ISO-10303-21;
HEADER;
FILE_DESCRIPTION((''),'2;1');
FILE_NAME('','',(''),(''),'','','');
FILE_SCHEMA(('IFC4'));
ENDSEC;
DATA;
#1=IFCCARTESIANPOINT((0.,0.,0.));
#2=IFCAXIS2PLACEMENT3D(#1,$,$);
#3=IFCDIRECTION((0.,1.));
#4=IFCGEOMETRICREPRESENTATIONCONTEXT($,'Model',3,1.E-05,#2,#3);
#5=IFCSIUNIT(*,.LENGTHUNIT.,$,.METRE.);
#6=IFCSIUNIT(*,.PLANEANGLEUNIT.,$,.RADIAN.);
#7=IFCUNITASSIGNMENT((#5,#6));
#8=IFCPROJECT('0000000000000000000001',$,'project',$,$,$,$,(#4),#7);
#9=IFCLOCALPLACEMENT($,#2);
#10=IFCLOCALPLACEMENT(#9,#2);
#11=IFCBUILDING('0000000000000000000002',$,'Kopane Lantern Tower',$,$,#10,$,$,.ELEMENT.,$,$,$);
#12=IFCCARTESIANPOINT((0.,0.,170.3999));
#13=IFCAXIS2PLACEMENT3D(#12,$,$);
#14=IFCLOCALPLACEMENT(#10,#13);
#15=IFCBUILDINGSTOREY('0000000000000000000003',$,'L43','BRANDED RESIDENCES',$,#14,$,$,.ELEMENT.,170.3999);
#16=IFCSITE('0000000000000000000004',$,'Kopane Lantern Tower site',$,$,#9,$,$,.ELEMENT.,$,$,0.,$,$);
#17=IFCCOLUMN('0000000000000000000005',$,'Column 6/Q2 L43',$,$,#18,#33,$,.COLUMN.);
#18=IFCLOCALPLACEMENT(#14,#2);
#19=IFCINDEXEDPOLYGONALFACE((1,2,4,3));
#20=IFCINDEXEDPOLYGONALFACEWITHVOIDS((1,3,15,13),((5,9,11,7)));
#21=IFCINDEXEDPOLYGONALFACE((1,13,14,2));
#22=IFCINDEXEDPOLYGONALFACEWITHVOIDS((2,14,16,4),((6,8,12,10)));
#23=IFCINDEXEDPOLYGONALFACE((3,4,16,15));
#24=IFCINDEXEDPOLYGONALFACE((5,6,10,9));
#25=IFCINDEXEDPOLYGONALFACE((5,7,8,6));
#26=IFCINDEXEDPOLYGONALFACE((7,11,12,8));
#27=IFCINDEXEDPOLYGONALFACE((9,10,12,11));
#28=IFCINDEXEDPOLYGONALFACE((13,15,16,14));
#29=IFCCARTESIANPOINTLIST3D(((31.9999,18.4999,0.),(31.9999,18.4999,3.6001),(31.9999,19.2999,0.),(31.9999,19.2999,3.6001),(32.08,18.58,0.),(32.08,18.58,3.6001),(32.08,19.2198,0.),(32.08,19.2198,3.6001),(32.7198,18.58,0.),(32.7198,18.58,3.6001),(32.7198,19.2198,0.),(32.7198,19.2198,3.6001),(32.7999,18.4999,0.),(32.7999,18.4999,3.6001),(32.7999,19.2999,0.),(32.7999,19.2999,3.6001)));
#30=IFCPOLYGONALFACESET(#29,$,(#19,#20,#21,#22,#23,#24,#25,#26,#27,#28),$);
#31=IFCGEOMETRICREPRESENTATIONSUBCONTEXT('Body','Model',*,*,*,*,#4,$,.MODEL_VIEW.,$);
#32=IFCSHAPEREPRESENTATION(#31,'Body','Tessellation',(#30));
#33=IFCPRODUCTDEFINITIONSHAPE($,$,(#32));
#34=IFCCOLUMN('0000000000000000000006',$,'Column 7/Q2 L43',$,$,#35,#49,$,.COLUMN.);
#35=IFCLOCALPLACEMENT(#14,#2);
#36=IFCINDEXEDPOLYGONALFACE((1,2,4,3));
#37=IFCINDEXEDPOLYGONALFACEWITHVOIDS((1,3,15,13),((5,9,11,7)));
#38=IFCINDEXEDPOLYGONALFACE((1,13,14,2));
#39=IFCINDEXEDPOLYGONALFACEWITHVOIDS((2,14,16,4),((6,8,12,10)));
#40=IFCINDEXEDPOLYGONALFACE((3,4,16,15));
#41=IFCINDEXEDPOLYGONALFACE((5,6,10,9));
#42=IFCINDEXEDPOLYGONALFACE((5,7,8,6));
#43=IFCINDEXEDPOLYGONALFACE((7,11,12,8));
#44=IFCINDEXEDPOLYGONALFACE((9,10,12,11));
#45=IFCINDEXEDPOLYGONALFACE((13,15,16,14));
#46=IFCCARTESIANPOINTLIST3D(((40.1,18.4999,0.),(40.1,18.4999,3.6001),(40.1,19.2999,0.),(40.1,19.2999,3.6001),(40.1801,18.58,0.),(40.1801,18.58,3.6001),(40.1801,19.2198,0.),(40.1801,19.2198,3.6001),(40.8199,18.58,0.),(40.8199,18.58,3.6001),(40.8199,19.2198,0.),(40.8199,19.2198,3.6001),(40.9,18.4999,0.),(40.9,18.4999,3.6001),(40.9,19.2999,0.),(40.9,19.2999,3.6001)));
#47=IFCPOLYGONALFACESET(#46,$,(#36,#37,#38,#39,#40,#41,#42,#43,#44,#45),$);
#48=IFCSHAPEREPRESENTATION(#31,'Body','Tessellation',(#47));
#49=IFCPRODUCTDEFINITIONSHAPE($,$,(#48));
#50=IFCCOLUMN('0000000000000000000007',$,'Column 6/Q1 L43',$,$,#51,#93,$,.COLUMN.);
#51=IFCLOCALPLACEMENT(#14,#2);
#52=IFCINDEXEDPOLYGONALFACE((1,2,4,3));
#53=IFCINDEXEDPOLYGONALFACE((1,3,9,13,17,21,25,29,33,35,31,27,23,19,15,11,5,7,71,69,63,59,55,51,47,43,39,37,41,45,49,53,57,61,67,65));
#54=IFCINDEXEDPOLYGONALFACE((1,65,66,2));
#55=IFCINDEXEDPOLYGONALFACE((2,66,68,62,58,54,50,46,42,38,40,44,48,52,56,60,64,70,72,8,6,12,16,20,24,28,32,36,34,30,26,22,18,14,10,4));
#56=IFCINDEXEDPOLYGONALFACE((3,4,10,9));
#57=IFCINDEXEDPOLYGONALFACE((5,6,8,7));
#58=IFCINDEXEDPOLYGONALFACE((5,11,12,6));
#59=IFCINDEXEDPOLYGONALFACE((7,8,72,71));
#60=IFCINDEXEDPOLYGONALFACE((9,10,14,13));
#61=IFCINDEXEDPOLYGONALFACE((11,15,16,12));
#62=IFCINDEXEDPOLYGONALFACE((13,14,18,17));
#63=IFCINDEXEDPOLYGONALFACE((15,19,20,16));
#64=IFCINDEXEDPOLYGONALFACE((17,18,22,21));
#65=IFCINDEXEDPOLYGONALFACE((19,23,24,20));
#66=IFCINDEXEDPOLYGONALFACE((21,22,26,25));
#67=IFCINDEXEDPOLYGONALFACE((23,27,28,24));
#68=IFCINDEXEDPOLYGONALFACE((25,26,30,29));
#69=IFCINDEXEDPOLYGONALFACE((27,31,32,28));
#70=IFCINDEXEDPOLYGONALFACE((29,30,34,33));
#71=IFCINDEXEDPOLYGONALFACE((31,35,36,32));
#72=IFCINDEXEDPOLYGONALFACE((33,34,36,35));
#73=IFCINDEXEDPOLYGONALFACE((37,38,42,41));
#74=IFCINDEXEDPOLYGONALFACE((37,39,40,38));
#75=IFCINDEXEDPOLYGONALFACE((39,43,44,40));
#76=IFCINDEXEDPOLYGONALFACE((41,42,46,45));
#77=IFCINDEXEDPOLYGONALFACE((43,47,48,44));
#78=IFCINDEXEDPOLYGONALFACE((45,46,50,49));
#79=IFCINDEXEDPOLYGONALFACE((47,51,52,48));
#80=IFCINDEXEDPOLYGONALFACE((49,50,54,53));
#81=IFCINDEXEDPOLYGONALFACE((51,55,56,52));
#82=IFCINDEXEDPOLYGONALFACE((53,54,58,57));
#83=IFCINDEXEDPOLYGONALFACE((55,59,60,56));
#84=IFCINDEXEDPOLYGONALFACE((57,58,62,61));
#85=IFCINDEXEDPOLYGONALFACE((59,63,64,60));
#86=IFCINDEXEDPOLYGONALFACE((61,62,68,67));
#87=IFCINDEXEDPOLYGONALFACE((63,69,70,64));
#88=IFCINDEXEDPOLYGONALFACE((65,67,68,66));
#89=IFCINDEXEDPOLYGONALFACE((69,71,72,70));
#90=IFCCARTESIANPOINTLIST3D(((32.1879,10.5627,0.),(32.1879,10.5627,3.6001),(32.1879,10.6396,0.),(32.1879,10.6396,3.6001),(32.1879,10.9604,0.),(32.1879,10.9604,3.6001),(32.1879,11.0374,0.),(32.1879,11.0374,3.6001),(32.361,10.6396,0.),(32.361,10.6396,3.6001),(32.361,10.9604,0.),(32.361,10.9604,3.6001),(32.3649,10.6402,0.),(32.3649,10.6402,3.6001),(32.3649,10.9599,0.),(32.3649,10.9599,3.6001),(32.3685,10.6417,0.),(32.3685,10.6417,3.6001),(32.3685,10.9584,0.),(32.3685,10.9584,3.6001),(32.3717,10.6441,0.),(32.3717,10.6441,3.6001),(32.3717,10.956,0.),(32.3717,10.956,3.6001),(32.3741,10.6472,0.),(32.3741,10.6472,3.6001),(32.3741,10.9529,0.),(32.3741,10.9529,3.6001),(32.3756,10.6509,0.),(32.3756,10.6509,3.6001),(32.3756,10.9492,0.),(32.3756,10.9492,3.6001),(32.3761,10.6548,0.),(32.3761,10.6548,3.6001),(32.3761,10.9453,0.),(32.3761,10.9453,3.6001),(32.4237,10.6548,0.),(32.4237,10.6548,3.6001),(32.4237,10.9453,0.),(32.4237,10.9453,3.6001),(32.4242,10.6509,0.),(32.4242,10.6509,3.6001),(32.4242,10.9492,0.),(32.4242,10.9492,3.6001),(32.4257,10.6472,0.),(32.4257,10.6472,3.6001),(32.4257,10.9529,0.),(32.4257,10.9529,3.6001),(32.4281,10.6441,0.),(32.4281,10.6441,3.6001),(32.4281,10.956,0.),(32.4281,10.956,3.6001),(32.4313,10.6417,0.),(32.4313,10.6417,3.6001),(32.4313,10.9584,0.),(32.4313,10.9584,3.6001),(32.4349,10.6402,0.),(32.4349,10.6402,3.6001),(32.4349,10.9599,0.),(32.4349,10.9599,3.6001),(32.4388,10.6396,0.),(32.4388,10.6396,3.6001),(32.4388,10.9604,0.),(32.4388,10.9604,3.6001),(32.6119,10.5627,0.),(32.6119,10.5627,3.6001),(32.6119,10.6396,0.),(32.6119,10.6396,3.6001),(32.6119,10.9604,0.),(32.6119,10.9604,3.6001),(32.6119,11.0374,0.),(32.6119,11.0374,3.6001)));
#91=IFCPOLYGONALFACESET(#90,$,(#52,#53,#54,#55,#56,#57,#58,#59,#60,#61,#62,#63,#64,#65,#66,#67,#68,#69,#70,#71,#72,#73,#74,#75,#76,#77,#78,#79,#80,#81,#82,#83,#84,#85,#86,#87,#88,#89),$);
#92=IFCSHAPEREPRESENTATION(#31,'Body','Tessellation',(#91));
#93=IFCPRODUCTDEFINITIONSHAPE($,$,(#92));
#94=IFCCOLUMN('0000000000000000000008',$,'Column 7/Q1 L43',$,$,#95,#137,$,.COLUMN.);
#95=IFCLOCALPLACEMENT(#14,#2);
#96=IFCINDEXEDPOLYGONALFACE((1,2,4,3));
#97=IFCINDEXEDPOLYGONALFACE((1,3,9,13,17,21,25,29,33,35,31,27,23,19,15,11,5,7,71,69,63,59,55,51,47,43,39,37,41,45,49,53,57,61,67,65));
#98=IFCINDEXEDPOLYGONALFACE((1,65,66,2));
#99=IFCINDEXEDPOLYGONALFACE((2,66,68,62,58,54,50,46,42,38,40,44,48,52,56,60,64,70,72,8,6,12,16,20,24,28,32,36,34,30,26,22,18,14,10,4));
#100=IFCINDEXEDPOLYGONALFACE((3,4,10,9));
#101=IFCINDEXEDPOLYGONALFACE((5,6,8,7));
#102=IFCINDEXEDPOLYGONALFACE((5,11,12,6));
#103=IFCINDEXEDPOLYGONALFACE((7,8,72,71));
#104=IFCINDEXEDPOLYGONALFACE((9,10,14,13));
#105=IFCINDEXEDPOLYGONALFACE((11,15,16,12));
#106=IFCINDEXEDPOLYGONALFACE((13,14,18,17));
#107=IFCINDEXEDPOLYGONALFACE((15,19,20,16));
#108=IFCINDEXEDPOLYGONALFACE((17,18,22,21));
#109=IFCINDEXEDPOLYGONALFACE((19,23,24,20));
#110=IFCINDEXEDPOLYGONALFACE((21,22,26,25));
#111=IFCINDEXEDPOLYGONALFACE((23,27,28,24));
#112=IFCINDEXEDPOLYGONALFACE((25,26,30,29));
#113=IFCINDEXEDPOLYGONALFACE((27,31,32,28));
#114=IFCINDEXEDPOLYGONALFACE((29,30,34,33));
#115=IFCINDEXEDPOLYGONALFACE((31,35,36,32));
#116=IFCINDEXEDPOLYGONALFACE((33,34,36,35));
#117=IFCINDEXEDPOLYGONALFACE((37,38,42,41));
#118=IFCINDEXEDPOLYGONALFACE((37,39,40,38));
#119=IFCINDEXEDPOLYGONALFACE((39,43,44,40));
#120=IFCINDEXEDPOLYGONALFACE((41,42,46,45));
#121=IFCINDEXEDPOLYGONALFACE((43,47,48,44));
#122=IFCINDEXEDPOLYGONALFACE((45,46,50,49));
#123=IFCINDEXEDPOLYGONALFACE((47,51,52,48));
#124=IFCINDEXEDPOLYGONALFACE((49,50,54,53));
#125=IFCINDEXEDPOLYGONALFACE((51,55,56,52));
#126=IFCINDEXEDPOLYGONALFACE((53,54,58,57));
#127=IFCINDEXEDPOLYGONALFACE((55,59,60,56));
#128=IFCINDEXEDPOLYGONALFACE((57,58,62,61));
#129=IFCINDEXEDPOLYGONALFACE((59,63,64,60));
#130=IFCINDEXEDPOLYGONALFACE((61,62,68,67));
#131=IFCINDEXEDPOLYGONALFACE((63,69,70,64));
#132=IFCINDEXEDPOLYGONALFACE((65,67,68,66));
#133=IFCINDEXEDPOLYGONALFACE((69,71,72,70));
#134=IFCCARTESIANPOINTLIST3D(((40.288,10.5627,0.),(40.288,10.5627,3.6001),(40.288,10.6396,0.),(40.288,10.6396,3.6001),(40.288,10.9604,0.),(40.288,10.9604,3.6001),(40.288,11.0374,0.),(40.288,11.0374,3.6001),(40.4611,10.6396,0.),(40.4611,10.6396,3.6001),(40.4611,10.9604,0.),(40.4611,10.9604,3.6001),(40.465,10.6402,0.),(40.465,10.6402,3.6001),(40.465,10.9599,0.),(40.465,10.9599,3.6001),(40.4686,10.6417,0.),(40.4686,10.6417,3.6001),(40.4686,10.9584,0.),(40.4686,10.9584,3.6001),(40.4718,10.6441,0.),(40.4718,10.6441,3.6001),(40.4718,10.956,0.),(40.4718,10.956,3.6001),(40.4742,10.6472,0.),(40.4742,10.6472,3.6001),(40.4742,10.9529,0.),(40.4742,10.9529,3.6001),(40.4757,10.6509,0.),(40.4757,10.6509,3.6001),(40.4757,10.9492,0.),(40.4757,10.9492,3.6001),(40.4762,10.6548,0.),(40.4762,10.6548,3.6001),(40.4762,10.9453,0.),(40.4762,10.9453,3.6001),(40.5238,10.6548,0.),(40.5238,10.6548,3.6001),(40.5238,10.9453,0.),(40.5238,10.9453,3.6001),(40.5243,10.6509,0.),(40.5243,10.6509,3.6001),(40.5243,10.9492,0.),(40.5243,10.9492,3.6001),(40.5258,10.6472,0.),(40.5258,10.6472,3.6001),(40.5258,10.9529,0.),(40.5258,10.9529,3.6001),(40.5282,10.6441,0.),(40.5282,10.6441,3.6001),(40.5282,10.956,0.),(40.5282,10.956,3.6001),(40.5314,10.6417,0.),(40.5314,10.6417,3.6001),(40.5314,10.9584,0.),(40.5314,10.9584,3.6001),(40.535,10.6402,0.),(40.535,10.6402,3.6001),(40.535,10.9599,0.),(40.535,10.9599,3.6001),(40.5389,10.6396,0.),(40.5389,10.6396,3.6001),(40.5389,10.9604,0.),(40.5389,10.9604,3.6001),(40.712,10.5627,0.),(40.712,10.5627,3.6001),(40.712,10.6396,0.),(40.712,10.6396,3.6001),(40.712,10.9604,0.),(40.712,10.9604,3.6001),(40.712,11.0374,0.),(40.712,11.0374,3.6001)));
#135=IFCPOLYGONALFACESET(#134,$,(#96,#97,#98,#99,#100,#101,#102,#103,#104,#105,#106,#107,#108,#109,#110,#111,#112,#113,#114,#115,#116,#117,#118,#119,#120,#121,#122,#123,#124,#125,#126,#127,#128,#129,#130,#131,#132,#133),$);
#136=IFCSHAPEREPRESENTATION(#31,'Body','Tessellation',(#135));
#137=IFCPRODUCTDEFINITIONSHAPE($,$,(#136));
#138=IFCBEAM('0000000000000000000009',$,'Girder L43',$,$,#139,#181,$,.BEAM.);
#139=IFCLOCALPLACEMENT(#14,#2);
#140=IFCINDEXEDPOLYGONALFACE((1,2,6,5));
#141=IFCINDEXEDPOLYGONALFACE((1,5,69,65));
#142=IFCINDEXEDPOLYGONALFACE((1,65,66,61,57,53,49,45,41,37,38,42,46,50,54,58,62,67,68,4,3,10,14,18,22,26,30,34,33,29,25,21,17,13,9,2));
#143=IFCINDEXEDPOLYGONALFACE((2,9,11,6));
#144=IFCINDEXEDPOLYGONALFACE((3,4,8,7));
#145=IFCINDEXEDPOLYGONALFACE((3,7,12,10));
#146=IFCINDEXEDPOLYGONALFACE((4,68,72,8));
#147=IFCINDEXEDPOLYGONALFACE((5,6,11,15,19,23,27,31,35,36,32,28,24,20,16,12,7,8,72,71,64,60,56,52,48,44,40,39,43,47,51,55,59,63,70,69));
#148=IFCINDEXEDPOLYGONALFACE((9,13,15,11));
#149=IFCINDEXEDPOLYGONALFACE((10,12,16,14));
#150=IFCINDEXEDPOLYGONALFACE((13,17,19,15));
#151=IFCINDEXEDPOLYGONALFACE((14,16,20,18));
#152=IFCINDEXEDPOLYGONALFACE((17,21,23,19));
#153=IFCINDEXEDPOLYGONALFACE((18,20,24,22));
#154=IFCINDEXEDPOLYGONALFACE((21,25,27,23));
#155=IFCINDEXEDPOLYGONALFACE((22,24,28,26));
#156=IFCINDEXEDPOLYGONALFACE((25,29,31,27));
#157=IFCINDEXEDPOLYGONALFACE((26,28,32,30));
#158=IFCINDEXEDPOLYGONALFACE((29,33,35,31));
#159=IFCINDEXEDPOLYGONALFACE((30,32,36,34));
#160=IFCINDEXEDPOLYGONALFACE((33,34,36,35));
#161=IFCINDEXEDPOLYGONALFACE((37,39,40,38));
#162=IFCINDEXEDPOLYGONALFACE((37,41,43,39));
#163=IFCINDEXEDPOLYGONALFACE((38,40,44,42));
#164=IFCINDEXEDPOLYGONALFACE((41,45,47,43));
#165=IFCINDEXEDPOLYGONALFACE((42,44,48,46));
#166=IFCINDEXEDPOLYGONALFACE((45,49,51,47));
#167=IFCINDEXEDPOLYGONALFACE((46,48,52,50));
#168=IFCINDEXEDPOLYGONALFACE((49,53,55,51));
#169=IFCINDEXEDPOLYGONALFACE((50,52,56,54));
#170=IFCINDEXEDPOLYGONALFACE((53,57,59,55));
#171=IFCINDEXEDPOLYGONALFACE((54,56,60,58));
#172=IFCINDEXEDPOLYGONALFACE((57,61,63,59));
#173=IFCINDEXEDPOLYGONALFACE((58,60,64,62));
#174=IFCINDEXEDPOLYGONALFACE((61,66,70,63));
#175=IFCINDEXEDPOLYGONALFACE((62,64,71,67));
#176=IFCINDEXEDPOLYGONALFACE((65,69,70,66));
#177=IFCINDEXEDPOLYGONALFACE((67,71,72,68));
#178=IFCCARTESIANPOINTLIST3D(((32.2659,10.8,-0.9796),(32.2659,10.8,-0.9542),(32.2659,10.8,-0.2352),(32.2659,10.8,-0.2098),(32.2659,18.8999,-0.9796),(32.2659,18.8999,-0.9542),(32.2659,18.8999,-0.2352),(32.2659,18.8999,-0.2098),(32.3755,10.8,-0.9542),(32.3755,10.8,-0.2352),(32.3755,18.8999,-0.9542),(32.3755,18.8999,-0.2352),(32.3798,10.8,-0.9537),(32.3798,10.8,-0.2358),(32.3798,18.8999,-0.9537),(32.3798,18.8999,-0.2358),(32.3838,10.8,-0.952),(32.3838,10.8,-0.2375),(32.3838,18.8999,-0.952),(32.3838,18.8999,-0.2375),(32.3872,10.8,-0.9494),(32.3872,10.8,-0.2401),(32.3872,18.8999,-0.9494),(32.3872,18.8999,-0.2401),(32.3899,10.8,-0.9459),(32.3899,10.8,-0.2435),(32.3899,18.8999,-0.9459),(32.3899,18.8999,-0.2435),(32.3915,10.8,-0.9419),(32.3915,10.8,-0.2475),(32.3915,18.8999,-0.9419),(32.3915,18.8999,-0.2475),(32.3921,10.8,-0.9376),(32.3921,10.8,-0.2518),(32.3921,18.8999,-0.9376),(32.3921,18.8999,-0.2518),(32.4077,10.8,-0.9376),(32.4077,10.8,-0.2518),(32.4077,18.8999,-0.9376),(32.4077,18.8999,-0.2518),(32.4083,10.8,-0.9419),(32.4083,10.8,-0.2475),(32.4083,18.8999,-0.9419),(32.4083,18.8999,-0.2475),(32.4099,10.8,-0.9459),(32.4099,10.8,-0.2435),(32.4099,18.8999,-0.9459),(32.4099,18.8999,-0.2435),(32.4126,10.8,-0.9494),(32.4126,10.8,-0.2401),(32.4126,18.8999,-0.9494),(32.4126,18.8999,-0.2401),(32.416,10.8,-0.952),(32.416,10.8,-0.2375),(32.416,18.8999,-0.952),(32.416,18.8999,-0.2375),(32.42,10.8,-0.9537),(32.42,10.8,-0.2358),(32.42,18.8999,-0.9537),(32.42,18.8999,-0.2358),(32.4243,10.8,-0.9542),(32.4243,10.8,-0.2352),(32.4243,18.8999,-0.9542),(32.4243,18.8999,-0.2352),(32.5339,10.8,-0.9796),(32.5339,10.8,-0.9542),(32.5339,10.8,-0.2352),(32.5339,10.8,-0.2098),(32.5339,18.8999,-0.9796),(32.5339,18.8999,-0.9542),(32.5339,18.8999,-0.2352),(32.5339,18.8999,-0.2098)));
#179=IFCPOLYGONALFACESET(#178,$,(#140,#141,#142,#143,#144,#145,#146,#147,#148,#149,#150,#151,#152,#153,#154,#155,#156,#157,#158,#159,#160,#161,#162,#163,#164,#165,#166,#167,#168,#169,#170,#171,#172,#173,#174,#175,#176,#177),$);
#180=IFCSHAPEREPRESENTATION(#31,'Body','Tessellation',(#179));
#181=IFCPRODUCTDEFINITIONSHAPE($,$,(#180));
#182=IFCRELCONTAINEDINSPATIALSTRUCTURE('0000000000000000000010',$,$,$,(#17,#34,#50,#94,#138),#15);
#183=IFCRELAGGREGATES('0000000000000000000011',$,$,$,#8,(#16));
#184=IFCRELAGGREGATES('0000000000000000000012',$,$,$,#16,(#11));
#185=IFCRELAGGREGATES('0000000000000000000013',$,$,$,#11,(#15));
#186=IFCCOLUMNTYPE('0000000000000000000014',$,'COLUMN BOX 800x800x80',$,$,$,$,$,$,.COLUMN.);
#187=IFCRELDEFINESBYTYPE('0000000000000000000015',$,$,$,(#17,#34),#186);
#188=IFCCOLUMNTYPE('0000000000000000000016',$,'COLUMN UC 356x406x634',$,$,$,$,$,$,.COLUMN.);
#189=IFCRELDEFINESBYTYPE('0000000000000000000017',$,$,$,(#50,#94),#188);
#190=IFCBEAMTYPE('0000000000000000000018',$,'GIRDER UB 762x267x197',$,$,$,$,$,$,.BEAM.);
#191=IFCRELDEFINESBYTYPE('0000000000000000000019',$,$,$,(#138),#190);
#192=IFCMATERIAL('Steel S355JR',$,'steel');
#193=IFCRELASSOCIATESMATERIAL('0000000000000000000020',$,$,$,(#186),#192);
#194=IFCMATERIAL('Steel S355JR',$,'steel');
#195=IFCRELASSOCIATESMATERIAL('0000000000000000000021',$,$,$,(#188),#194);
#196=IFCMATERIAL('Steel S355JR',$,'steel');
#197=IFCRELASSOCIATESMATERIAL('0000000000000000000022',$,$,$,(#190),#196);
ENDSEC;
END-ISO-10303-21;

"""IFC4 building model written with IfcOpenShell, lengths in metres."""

from ifc_helpers import new_model, si_unit, direction, frame, origin, origin_2d, place, context, subcontext, project, spatial, hollow_rectangle, i_section, extrude, material, material_profile, profile_set, type_object, element, save


model = new_model("IFC4")

# Units and contexts
model_context = context("Model", 3, precision=1e-05, world=origin(), true_north=direction((0.0, 1.0)))
body_context = subcontext(model_context, "Body", "Model", "MODEL_VIEW")
ifc_project = project(units=[si_unit("LENGTHUNIT", "METRE"), si_unit("PLANEANGLEUNIT", "RADIAN")], contexts=[model_context])

# Site, building, storey
site_placement = place(None, origin())
site = spatial("IfcSite", under=ifc_project, at=site_placement, Name="Kopane Lantern Tower site", CompositionType="ELEMENT", RefElevation=0.0)
building_placement = place(site_placement, origin())
building = spatial("IfcBuilding", under=site, at=building_placement, Name="Kopane Lantern Tower", CompositionType="ELEMENT")
storey_placement = place(building_placement, frame((0.0, 0.0, 170.3999)))
storey = spatial("IfcBuildingStorey", under=building, at=storey_placement, Name="L43", Description="BRANDED RESIDENCES", CompositionType="ELEMENT", Elevation=170.3999)

# Columns
ifc_material_1 = material(Name="Steel S355JR", Category="steel")
ifc_material_profile_1 = material_profile(ifc_material_1, hollow_rectangle(XDim=0.8, YDim=0.8, WallThickness=0.0801, at=origin_2d()), Name="BOX 800x800x80")
ifc_profile_set_1 = profile_set([ifc_material_profile_1], Name="Steel S355JR")
column_type_1 = type_object("IfcColumnType", Name="COLUMN BOX 800x800x80", PredefinedType="COLUMN", material=ifc_profile_set_1)
for number, where, z_axis, x_axis, name in (
    (1, (32.3999, 18.8999, 0.0), (0.0, 0.0, 1.0), (1.0, 0.0, 0.0), "Column 6/Q2 L43"),
    (2, (40.5, 18.8999, 0.0), (0.0, 0.0, 1.0), (1.0, 0.0, 0.0), "Column 7/Q2 L43"),
):
    element("IfcColumn", number, at=place(storey_placement, frame(where, z_axis=z_axis, x_axis=x_axis)), inside=storey, type_object=column_type_1, Name=name, PredefinedType="COLUMN", context=body_context, shape_type="SweptSolid", body=[
        extrude(hollow_rectangle(XDim=0.8, YDim=0.8, WallThickness=0.0801, at=origin_2d()), origin(), (0.0, 0.0, 1.0), 3.6001),
    ])
ifc_material_2 = material(Name="Steel S355JR", Category="steel")
ifc_material_profile_2 = material_profile(ifc_material_2, i_section(OverallWidth=0.4241, OverallDepth=0.4746, WebThickness=0.0476, FlangeThickness=0.0769, FilletRadius=0.0151, at=origin_2d()), Name="UC 356x406x634")
ifc_profile_set_2 = profile_set([ifc_material_profile_2], Name="Steel S355JR")
column_type_2 = type_object("IfcColumnType", Name="COLUMN UC 356x406x634", PredefinedType="COLUMN", material=ifc_profile_set_2)
for number, where, z_axis, x_axis, name in (
    (3, (32.3999, 10.8, 0.0), (0.0, 0.0, 1.0), (1.0, 0.0, 0.0), "Column 6/Q1 L43"),
    (4, (40.5, 10.8, 0.0), (0.0, 0.0, 1.0), (1.0, 0.0, 0.0), "Column 7/Q1 L43"),
):
    element("IfcColumn", number, at=place(storey_placement, frame(where, z_axis=z_axis, x_axis=x_axis)), inside=storey, type_object=column_type_2, Name=name, PredefinedType="COLUMN", context=body_context, shape_type="SweptSolid", body=[
        extrude(i_section(OverallWidth=0.4241, OverallDepth=0.4746, WebThickness=0.0476, FlangeThickness=0.0769, FilletRadius=0.0151, at=origin_2d()), origin(), (0.0, 0.0, 1.0), 3.6001),
    ])

# Beam
ifc_material_3 = material(Name="Steel S355JR", Category="steel")
ifc_material_profile_3 = material_profile(ifc_material_3, i_section(OverallWidth=0.2681, OverallDepth=0.7698, WebThickness=0.0156, FlangeThickness=0.0254, FilletRadius=0.0166, at=origin_2d()), Name="UB 762x267x197")
ifc_profile_set_3 = profile_set([ifc_material_profile_3], Name="Steel S355JR")
beam_type = type_object("IfcBeamType", Name="GIRDER UB 762x267x197", PredefinedType="BEAM", material=ifc_profile_set_3)
beam_1_placement = place(storey_placement, frame((32.3999, 10.8, -0.5947), z_axis=(0.0, 1.0, 0.0), x_axis=(-1.0, 0.0, 0.0)))
element("IfcBeam", 5, at=beam_1_placement, inside=storey, type_object=beam_type, Name="Girder L43", PredefinedType="BEAM", context=body_context, shape_type="SweptSolid", body=[
    extrude(i_section(OverallWidth=0.2681, OverallDepth=0.7698, WebThickness=0.0156, FlangeThickness=0.0254, FilletRadius=0.0166, at=origin_2d()), origin(), (0.0, 0.0, 1.0), 8.0999),
])

save(model, "model.ifc")
